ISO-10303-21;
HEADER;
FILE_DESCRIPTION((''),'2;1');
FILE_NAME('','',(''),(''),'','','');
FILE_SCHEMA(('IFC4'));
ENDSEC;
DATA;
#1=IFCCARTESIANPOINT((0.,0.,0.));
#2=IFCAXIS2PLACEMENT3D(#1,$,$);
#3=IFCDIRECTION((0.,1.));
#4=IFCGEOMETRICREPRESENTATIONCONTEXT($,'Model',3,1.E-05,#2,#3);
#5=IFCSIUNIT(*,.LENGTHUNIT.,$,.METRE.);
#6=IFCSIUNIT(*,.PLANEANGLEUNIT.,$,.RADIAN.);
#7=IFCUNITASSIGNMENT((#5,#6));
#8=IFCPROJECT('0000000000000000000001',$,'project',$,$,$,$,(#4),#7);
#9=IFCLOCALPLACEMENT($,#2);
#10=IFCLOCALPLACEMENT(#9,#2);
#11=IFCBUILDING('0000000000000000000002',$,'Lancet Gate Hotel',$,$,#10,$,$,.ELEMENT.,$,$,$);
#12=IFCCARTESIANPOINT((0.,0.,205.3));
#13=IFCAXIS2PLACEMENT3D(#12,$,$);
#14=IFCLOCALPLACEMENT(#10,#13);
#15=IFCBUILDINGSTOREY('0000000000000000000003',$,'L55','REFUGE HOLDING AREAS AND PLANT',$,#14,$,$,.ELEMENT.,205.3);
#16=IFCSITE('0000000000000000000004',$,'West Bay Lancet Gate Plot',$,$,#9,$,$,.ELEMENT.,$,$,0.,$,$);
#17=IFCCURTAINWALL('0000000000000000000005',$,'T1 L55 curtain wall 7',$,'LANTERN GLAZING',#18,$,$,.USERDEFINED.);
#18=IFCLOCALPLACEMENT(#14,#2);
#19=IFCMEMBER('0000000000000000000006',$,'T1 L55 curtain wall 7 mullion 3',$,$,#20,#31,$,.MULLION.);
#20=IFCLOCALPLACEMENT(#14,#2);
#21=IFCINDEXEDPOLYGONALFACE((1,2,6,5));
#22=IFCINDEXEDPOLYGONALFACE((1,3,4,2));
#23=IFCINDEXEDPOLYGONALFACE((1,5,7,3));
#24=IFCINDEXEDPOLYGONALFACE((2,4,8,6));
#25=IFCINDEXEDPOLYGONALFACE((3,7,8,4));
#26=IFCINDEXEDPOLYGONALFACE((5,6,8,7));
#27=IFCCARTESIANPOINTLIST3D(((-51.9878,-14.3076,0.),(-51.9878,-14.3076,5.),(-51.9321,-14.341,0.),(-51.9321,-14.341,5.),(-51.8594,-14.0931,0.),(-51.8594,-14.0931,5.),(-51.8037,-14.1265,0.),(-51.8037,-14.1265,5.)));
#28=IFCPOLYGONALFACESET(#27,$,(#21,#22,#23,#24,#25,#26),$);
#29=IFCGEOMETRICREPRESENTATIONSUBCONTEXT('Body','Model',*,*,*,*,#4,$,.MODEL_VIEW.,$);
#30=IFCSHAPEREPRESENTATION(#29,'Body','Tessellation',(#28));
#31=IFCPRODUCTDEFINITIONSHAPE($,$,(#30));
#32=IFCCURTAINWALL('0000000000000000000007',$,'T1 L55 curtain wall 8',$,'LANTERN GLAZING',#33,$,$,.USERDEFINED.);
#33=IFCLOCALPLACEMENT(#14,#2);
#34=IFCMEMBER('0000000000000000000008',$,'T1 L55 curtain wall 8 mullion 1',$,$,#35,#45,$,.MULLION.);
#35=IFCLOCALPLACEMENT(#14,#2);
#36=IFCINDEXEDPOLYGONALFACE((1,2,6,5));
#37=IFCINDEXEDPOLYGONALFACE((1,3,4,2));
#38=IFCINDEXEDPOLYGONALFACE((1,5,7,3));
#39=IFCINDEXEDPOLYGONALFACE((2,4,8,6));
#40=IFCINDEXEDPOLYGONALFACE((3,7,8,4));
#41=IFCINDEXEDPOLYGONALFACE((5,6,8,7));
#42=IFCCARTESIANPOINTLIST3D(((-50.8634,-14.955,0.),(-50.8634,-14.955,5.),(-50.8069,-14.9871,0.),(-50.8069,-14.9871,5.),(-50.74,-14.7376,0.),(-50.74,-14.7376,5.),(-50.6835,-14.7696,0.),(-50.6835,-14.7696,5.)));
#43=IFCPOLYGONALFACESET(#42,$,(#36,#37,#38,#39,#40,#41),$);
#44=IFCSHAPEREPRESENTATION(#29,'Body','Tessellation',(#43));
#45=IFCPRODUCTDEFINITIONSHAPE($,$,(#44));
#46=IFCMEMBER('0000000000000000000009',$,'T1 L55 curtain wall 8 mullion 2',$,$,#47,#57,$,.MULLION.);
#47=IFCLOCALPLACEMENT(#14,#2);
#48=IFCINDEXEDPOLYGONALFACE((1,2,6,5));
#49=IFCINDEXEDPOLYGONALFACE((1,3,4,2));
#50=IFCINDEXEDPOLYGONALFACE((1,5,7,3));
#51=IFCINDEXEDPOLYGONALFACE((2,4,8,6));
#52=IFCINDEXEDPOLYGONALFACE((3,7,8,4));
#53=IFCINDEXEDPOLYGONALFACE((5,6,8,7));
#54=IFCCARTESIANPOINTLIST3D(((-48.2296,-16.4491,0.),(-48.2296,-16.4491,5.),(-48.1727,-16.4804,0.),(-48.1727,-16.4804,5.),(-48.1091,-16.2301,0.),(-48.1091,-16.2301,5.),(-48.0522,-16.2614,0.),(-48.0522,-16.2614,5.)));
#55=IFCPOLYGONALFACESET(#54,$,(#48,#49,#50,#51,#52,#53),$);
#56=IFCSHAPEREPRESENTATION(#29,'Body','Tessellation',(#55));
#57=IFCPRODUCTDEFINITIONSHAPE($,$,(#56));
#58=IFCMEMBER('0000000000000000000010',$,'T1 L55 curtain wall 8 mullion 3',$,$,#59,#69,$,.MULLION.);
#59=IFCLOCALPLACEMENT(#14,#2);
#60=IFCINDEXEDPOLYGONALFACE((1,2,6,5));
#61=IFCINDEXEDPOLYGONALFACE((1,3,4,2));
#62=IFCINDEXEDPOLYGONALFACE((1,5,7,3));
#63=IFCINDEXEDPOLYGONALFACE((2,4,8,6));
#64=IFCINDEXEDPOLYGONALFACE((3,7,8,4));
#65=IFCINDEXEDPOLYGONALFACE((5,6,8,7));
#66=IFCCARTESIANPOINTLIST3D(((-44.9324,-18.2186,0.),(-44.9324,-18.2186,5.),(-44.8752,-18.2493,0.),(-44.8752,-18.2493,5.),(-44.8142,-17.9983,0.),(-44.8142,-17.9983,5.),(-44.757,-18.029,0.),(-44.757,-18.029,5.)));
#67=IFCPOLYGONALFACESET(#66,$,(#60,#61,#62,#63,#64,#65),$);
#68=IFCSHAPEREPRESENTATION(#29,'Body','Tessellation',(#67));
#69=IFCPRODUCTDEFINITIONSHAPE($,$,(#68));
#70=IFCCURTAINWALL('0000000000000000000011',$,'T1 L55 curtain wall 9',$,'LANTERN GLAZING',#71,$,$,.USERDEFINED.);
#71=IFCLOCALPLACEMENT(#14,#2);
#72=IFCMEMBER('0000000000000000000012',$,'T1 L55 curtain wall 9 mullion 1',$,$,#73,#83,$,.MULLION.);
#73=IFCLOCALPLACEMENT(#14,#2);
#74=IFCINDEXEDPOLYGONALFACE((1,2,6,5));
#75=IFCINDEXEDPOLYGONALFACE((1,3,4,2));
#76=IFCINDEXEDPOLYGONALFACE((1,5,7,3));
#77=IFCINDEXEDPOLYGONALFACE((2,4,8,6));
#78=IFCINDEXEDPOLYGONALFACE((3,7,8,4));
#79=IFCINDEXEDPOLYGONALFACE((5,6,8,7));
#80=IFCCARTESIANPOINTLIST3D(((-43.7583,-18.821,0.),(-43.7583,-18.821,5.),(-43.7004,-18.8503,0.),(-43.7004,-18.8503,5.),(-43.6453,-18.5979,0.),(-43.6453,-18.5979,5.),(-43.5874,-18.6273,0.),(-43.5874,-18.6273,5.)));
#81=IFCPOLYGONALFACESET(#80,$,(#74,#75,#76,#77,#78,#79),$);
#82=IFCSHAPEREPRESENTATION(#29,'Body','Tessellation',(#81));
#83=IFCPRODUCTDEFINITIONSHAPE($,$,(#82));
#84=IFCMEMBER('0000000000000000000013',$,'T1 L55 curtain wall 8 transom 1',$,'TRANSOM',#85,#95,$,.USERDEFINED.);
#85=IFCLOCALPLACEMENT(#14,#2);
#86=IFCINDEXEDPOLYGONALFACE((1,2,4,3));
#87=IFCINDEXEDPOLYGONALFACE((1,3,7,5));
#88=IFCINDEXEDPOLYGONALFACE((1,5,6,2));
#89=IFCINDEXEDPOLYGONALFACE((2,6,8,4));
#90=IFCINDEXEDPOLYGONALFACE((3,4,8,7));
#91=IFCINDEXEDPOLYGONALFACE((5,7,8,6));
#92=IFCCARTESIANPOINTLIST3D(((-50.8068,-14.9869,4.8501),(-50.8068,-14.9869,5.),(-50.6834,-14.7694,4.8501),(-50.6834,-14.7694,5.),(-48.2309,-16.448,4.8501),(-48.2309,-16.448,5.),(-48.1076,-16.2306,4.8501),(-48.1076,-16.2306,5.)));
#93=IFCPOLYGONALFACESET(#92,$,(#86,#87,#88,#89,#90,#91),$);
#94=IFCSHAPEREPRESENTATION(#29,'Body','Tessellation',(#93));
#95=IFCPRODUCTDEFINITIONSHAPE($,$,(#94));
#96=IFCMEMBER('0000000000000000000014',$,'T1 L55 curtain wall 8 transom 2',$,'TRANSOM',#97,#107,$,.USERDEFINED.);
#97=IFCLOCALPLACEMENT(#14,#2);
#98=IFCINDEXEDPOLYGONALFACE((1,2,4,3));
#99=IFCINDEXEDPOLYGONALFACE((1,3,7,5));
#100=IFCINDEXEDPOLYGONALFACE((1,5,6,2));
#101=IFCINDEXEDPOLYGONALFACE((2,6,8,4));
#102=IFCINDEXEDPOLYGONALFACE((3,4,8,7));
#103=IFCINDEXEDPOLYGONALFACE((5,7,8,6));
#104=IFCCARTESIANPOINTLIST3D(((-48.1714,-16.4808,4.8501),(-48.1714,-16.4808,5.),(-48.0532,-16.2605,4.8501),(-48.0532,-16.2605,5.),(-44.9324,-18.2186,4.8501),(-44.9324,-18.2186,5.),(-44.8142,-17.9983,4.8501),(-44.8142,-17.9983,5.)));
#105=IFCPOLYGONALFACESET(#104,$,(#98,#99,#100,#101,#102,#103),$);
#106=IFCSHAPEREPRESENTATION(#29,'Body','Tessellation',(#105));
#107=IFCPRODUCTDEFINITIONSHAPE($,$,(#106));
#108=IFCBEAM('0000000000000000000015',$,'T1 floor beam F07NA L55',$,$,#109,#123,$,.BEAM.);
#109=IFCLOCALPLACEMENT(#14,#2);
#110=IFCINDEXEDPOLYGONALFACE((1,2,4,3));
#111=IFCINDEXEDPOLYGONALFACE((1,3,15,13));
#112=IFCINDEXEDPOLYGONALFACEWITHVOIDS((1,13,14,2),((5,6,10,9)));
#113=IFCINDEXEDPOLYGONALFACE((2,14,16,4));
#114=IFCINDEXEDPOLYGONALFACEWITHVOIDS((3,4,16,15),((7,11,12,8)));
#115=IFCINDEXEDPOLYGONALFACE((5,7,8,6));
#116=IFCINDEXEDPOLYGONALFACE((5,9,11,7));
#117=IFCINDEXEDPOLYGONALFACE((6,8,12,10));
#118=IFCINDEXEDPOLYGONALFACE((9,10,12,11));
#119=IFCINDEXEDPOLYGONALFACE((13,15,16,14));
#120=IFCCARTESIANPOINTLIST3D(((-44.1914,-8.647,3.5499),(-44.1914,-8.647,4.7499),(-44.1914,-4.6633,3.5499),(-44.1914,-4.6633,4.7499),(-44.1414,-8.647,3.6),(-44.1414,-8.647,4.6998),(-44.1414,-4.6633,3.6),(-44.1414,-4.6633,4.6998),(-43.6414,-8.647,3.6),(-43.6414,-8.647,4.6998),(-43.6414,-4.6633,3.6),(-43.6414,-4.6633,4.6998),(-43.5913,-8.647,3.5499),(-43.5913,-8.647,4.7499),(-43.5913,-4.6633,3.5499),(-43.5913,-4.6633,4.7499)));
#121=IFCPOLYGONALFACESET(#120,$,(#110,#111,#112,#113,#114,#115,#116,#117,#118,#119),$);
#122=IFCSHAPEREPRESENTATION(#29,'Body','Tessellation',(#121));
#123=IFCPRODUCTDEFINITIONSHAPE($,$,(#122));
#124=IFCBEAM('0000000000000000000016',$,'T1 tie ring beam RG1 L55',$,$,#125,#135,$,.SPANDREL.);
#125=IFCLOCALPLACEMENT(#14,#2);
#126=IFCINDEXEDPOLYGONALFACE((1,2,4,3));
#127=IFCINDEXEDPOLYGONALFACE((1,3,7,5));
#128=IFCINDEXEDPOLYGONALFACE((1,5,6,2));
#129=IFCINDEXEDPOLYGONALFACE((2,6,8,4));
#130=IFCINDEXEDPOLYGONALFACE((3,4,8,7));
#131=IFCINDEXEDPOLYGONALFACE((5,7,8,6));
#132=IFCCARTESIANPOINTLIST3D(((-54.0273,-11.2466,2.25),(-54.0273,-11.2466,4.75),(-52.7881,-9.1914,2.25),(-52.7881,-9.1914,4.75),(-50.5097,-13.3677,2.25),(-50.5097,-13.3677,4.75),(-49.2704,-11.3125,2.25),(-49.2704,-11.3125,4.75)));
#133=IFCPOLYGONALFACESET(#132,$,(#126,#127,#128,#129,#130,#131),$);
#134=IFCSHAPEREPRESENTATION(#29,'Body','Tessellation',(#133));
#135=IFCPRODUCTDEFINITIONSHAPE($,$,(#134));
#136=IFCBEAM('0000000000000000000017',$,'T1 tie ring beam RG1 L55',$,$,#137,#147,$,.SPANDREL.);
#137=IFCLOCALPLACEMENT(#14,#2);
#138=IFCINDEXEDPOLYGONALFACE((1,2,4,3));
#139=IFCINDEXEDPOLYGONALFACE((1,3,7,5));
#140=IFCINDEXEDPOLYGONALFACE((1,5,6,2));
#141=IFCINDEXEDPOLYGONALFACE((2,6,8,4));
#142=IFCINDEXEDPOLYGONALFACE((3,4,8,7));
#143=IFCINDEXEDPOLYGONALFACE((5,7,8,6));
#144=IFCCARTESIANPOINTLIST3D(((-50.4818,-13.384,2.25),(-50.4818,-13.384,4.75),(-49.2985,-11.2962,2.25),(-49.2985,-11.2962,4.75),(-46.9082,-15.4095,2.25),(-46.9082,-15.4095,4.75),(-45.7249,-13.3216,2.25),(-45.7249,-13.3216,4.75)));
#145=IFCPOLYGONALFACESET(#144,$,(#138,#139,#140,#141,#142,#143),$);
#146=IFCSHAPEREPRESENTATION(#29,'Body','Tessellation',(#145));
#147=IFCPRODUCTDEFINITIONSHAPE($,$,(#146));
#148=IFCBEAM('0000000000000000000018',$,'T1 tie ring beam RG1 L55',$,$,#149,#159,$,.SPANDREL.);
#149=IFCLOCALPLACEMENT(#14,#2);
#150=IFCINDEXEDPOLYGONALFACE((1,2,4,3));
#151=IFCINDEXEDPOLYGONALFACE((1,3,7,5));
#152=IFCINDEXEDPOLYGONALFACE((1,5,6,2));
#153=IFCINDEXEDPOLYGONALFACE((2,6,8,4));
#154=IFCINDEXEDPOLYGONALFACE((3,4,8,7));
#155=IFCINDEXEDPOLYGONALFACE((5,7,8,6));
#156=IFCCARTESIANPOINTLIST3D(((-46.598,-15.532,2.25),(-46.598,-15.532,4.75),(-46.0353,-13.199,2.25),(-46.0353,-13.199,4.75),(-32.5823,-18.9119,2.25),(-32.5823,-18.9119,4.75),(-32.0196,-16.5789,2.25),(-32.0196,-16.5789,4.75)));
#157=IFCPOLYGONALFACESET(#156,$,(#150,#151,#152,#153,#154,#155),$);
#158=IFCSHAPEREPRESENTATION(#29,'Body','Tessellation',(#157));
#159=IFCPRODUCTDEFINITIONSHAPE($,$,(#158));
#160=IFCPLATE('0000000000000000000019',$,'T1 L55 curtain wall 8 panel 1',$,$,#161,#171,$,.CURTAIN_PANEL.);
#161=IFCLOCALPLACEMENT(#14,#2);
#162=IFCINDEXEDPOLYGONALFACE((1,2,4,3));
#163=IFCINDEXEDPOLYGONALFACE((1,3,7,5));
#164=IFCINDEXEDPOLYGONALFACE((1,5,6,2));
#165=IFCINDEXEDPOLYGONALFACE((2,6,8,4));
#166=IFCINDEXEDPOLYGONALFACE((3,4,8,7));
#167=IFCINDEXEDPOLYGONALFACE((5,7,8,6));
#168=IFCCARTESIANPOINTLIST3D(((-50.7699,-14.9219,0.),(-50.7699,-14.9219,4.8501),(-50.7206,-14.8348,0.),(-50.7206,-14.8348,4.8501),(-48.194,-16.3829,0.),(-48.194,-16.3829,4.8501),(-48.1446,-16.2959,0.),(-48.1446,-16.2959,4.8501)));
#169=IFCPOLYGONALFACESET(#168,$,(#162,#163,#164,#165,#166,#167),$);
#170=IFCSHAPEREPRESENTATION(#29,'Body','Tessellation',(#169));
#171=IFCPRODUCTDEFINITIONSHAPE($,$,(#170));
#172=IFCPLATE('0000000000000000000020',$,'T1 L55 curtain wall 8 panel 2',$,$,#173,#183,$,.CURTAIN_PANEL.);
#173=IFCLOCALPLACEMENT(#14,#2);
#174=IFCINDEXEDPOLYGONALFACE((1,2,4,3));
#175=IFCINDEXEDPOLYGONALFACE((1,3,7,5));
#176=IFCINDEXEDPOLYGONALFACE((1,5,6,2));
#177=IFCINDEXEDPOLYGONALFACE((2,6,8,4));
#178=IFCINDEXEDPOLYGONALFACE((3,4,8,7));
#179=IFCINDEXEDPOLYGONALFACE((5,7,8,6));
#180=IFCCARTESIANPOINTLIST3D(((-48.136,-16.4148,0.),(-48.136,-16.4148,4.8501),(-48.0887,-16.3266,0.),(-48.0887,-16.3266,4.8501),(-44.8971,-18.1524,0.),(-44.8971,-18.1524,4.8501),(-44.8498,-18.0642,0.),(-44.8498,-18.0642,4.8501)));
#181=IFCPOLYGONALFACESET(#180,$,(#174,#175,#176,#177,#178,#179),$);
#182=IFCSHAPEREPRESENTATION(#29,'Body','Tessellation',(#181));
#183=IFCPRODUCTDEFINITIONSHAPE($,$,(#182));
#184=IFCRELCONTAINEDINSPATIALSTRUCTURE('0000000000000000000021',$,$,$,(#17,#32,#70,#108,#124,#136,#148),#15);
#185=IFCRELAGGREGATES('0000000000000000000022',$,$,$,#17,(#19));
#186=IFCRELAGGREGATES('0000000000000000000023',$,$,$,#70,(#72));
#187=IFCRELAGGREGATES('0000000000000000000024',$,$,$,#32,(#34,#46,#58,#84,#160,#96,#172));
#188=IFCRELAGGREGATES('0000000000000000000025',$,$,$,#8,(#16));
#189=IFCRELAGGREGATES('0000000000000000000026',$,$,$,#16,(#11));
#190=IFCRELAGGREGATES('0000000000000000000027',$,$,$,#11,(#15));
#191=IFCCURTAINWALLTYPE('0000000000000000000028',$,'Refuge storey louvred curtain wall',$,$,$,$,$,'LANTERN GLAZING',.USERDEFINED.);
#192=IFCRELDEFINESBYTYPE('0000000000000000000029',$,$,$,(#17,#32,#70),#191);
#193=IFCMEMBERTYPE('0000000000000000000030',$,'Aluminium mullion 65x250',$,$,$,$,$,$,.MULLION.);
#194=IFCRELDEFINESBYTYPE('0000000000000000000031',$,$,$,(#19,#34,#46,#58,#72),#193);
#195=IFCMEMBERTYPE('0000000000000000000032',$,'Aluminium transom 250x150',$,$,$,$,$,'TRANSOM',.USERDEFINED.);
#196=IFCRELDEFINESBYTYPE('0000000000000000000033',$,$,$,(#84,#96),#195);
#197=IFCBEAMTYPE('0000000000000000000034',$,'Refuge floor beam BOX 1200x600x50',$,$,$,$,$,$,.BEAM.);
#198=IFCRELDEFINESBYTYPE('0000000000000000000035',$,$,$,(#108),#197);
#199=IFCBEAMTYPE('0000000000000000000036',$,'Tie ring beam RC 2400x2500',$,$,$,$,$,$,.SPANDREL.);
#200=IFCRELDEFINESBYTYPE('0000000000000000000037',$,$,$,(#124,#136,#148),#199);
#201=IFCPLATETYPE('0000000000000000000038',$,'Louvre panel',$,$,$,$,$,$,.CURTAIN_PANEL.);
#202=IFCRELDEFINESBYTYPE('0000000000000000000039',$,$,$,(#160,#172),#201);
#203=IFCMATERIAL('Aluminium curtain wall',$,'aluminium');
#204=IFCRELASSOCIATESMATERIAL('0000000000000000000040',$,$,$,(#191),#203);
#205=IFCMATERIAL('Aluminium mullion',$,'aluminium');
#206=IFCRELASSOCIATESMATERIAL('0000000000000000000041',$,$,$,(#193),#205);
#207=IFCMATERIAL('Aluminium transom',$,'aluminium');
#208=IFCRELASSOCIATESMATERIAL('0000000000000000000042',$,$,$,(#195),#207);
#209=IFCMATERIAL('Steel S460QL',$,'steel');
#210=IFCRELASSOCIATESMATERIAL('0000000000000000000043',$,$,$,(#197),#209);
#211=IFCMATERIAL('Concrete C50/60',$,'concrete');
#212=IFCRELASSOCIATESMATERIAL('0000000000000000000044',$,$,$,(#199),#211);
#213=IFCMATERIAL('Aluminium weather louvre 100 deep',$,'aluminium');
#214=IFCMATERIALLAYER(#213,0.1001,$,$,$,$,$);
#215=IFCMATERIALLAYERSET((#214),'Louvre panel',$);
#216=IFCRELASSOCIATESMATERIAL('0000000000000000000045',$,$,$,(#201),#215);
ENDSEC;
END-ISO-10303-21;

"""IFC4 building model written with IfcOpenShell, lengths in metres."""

from ifc_helpers import new_model, si_unit, direction, frame, origin, origin_2d, place, context, subcontext, project, spatial, rectangle, hollow_rectangle, extrude, material, layer, layer_set, material_profile, profile_set, type_object, element, aggregate, save


model = new_model("IFC4")

# Units and contexts
model_context = context("Model", 3, precision=1e-05, world=origin(), true_north=direction((0.0, 1.0)))
body_context = subcontext(model_context, "Body", "Model", "MODEL_VIEW")
ifc_project = project(units=[si_unit("LENGTHUNIT", "METRE"), si_unit("PLANEANGLEUNIT", "RADIAN")], contexts=[model_context])

# Site, building, storey
site_placement = place(None, origin())
site = spatial("IfcSite", under=ifc_project, at=site_placement, Name="West Bay Lancet Gate Plot", CompositionType="ELEMENT", RefElevation=0.0)
building_placement = place(site_placement, origin())
building = spatial("IfcBuilding", under=site, at=building_placement, Name="Lancet Gate Hotel", CompositionType="ELEMENT")
storey_placement = place(building_placement, frame((0.0, 0.0, 205.3)))
storey = spatial("IfcBuildingStorey", under=building, at=storey_placement, Name="L55", Description="REFUGE HOLDING AREAS AND PLANT", CompositionType="ELEMENT", Elevation=205.3)

# Curtain wall, member
ifc_material_1 = material(Name="Aluminium curtain wall", Category="aluminium")
curtain_wall_type = type_object("IfcCurtainWallType", Name="Refuge storey louvred curtain wall", ElementType="LANTERN GLAZING", PredefinedType="USERDEFINED", material=ifc_material_1)
curtain_wall_1_placement = place(storey_placement, origin())
curtain_wall_1 = element("IfcCurtainWall", 1, at=curtain_wall_1_placement, inside=storey, type_object=curtain_wall_type, Name="T1 L55 curtain wall 7", ObjectType="LANTERN GLAZING", PredefinedType="USERDEFINED")
ifc_material_2 = material(Name="Aluminium mullion", Category="aluminium")
ifc_material_profile_1 = material_profile(ifc_material_2, rectangle(XDim=0.0649, YDim=0.25, at=origin_2d()), Name="MULLION 65x250")
ifc_profile_set_1 = profile_set([ifc_material_profile_1], Name="Aluminium mullion")
member_type_1 = type_object("IfcMemberType", Name="Aluminium mullion 65x250", PredefinedType="MULLION", material=ifc_profile_set_1)
member_1_placement = place(storey_placement, frame((-51.8958, -14.217, 0.0), z_axis=(0.0, 0.0, 1.0), x_axis=(0.857987, -0.513672, 0.0)))
member_1 = element("IfcMember", 2, at=member_1_placement, type_object=member_type_1, Name="T1 L55 curtain wall 7 mullion 3", PredefinedType="MULLION", context=body_context, shape_type="SweptSolid", body=[
    extrude(rectangle(XDim=0.0649, YDim=0.25, at=origin_2d()), origin(), (0.0, 0.0, 1.0), 5.0),
])
aggregate(curtain_wall_1, [member_1])

# Curtain wall, members
curtain_wall_2_placement = place(storey_placement, origin())
curtain_wall_2 = element("IfcCurtainWall", 3, at=curtain_wall_2_placement, inside=storey, type_object=curtain_wall_type, Name="T1 L55 curtain wall 8", ObjectType="LANTERN GLAZING", PredefinedType="USERDEFINED")
member_2_placement = place(storey_placement, frame((-50.7734, -14.8623, 0.0), z_axis=(0.0, 0.0, 1.0), x_axis=(0.869831, -0.493349, 0.0)))
member_2 = element("IfcMember", 4, at=member_2_placement, type_object=member_type_1, Name="T1 L55 curtain wall 8 mullion 1", PredefinedType="MULLION", context=body_context, shape_type="SweptSolid", body=[
    extrude(rectangle(XDim=0.0649, YDim=0.25, at=origin_2d()), origin(), (0.0, 0.0, 1.0), 5.0),
])
member_3_placement = place(storey_placement, frame((-48.1409, -16.3552, 0.0), z_axis=(0.0, 0.0, 1.0), x_axis=(0.876173, -0.481997, 0.0)))
member_3 = element("IfcMember", 5, at=member_3_placement, type_object=member_type_1, Name="T1 L55 curtain wall 8 mullion 2", PredefinedType="MULLION", context=body_context, shape_type="SweptSolid", body=[
    extrude(rectangle(XDim=0.0649, YDim=0.25, at=origin_2d()), origin(), (0.0, 0.0, 1.0), 5.0),
])
member_4_placement = place(storey_placement, frame((-44.8447, -18.1238, 0.0), z_axis=(0.0, 0.0, 1.0), x_axis=(0.881195, -0.472753, 0.0)))
member_4 = element("IfcMember", 6, at=member_4_placement, type_object=member_type_1, Name="T1 L55 curtain wall 8 mullion 3", PredefinedType="MULLION", context=body_context, shape_type="SweptSolid", body=[
    extrude(rectangle(XDim=0.0649, YDim=0.25, at=origin_2d()), origin(), (0.0, 0.0, 1.0), 5.0),
])

# Curtain wall, member
curtain_wall_3_placement = place(storey_placement, origin())
curtain_wall_3 = element("IfcCurtainWall", 7, at=curtain_wall_3_placement, inside=storey, type_object=curtain_wall_type, Name="T1 L55 curtain wall 9", ObjectType="LANTERN GLAZING", PredefinedType="USERDEFINED")
member_5_placement = place(storey_placement, frame((-43.6729, -18.7241, 0.0), z_axis=(0.0, 0.0, 1.0), x_axis=(0.892071, -0.451895, 0.0)))
member_5 = element("IfcMember", 8, at=member_5_placement, type_object=member_type_1, Name="T1 L55 curtain wall 9 mullion 1", PredefinedType="MULLION", context=body_context, shape_type="SweptSolid", body=[
    extrude(rectangle(XDim=0.0649, YDim=0.25, at=origin_2d()), origin(), (0.0, 0.0, 1.0), 5.0),
])
aggregate(curtain_wall_3, [member_5])

# Members
ifc_material_3 = material(Name="Aluminium transom", Category="aluminium")
ifc_material_profile_2 = material_profile(ifc_material_3, rectangle(XDim=0.25, YDim=0.1499, at=origin_2d()), Name="TRANSOM 250x150")
ifc_profile_set_2 = profile_set([ifc_material_profile_2], Name="Aluminium transom")
member_type_2 = type_object("IfcMemberType", Name="Aluminium transom 250x150", ElementType="TRANSOM", PredefinedType="USERDEFINED", material=ifc_profile_set_2)
member_6_placement = place(storey_placement, frame((-50.7451, -14.8782, 4.925), z_axis=(0.869806, -0.493393, 0.0), x_axis=(0.493393, 0.869806, 0.0)))
member_6 = element("IfcMember", 9, at=member_6_placement, type_object=member_type_2, Name="T1 L55 curtain wall 8 transom 1", ObjectType="TRANSOM", PredefinedType="USERDEFINED", context=body_context, shape_type="SweptSolid", body=[
    extrude(rectangle(XDim=0.25, YDim=0.1499, at=origin_2d()), origin(), (0.0, 0.0, 1.0), 2.9614),
])
member_7_placement = place(storey_placement, frame((-48.1123, -16.3706, 4.925), z_axis=(0.881185, -0.472772, 0.0), x_axis=(0.472772, 0.881185, 0.0)))
member_7 = element("IfcMember", 10, at=member_7_placement, type_object=member_type_2, Name="T1 L55 curtain wall 8 transom 2", ObjectType="TRANSOM", PredefinedType="USERDEFINED", context=body_context, shape_type="SweptSolid", body=[
    extrude(rectangle(XDim=0.25, YDim=0.1499, at=origin_2d()), origin(), (0.0, 0.0, 1.0), 3.6758),
])

# Beams
ifc_material_4 = material(Name="Steel S460QL", Category="steel")
ifc_material_profile_3 = material_profile(ifc_material_4, hollow_rectangle(XDim=0.6001, YDim=1.2, WallThickness=0.05, at=origin_2d()), Name="BOX 1200x600x50")
ifc_profile_set_3 = profile_set([ifc_material_profile_3], Name="Steel S460QL")
beam_type_1 = type_object("IfcBeamType", Name="Refuge floor beam BOX 1200x600x50", PredefinedType="BEAM", material=ifc_profile_set_3)
beam_1_placement = place(storey_placement, frame((-43.8914, -4.6633, 4.1499), z_axis=(0.0, -1.0, 0.0), x_axis=(1.0, 0.0, 0.0)))
element("IfcBeam", 11, at=beam_1_placement, inside=storey, type_object=beam_type_1, Name="T1 floor beam F07NA L55", PredefinedType="BEAM", context=body_context, shape_type="SweptSolid", body=[
    extrude(hollow_rectangle(XDim=0.6001, YDim=1.2, WallThickness=0.05, at=origin_2d()), origin(), (0.0, 0.0, 1.0), 3.9836),
])
ifc_material_5 = material(Name="Concrete C50/60", Category="concrete")
ifc_material_profile_4 = material_profile(ifc_material_5, rectangle(XDim=2.3999, YDim=2.5, at=origin_2d()), Name="RC 2400x2500")
ifc_profile_set_4 = profile_set([ifc_material_profile_4], Name="Concrete C50/60")
beam_type_2 = type_object("IfcBeamType", Name="Tie ring beam RC 2400x2500", PredefinedType="SPANDREL", material=ifc_profile_set_4)
for number, where, z_axis, x_axis, name in (
    (12, (-53.4077, -10.219, 3.5), (0.856358, -0.516382, 0.0), (0.516382, 0.856358, 0.0), "T1 tie ring beam RG1 L55"),
    (13, (-49.8901, -12.3401, 3.5), (0.869979, -0.493089, 0.0), (0.493089, 0.869979, 0.0), "T1 tie ring beam RG1 L55"),
):
    element("IfcBeam", number, at=place(storey_placement, frame(where, z_axis=z_axis, x_axis=x_axis)), inside=storey, type_object=beam_type_2, Name=name, PredefinedType="SPANDREL", context=body_context, shape_type="SweptSolid", body=[
        extrude(rectangle(XDim=2.3999, YDim=2.5, at=origin_2d()), origin(), (0.0, 0.0, 1.0), 4.1077),
    ])
beam_2_placement = place(storey_placement, frame((-46.3167, -14.3655, 3.5), z_axis=(0.972133, -0.234431, 0.0), x_axis=(0.234431, 0.972133, 0.0)))
element("IfcBeam", 14, at=beam_2_placement, inside=storey, type_object=beam_type_2, Name="T1 tie ring beam RG1 L55", PredefinedType="SPANDREL", context=body_context, shape_type="SweptSolid", body=[
    extrude(rectangle(XDim=2.3999, YDim=2.5, at=origin_2d()), origin(), (0.0, 0.0, 1.0), 14.4175),
])

# Plates
ifc_material_6 = material(Name="Aluminium weather louvre 100 deep", Category="aluminium")
ifc_layer_1 = layer(ifc_material_6, 0.1001)
ifc_layer_set_1 = layer_set([ifc_layer_1], Name="Louvre panel")
plate_type = type_object("IfcPlateType", Name="Louvre panel", PredefinedType="CURTAIN_PANEL", material=ifc_layer_set_1)
plate_1_placement = place(storey_placement, frame((-49.4573, -15.6089, 0.0), z_axis=(0.0, 0.0, 1.0), x_axis=(0.869831, -0.493349, 0.0)))
plate_1 = element("IfcPlate", 15, at=plate_1_placement, type_object=plate_type, Name="T1 L55 curtain wall 8 panel 1", PredefinedType="CURTAIN_PANEL", context=body_context, shape_type="SweptSolid", body=[
    extrude(rectangle(XDim=2.9614, YDim=0.1001, at=origin_2d()), origin(), (0.0, 0.0, 1.0), 4.8501),
])
plate_2_placement = place(storey_placement, frame((-46.4929, -17.2395, 0.0), z_axis=(0.0, 0.0, 1.0), x_axis=(0.881195, -0.472753, 0.0)))
plate_2 = element("IfcPlate", 16, at=plate_2_placement, type_object=plate_type, Name="T1 L55 curtain wall 8 panel 2", PredefinedType="CURTAIN_PANEL", context=body_context, shape_type="SweptSolid", body=[
    extrude(rectangle(XDim=3.6755, YDim=0.1001, at=origin_2d()), origin(), (0.0, 0.0, 1.0), 4.8501),
])
aggregate(curtain_wall_2, [member_2, member_3, member_4, member_6, plate_1, member_7, plate_2])

save(model, "model.ifc")
